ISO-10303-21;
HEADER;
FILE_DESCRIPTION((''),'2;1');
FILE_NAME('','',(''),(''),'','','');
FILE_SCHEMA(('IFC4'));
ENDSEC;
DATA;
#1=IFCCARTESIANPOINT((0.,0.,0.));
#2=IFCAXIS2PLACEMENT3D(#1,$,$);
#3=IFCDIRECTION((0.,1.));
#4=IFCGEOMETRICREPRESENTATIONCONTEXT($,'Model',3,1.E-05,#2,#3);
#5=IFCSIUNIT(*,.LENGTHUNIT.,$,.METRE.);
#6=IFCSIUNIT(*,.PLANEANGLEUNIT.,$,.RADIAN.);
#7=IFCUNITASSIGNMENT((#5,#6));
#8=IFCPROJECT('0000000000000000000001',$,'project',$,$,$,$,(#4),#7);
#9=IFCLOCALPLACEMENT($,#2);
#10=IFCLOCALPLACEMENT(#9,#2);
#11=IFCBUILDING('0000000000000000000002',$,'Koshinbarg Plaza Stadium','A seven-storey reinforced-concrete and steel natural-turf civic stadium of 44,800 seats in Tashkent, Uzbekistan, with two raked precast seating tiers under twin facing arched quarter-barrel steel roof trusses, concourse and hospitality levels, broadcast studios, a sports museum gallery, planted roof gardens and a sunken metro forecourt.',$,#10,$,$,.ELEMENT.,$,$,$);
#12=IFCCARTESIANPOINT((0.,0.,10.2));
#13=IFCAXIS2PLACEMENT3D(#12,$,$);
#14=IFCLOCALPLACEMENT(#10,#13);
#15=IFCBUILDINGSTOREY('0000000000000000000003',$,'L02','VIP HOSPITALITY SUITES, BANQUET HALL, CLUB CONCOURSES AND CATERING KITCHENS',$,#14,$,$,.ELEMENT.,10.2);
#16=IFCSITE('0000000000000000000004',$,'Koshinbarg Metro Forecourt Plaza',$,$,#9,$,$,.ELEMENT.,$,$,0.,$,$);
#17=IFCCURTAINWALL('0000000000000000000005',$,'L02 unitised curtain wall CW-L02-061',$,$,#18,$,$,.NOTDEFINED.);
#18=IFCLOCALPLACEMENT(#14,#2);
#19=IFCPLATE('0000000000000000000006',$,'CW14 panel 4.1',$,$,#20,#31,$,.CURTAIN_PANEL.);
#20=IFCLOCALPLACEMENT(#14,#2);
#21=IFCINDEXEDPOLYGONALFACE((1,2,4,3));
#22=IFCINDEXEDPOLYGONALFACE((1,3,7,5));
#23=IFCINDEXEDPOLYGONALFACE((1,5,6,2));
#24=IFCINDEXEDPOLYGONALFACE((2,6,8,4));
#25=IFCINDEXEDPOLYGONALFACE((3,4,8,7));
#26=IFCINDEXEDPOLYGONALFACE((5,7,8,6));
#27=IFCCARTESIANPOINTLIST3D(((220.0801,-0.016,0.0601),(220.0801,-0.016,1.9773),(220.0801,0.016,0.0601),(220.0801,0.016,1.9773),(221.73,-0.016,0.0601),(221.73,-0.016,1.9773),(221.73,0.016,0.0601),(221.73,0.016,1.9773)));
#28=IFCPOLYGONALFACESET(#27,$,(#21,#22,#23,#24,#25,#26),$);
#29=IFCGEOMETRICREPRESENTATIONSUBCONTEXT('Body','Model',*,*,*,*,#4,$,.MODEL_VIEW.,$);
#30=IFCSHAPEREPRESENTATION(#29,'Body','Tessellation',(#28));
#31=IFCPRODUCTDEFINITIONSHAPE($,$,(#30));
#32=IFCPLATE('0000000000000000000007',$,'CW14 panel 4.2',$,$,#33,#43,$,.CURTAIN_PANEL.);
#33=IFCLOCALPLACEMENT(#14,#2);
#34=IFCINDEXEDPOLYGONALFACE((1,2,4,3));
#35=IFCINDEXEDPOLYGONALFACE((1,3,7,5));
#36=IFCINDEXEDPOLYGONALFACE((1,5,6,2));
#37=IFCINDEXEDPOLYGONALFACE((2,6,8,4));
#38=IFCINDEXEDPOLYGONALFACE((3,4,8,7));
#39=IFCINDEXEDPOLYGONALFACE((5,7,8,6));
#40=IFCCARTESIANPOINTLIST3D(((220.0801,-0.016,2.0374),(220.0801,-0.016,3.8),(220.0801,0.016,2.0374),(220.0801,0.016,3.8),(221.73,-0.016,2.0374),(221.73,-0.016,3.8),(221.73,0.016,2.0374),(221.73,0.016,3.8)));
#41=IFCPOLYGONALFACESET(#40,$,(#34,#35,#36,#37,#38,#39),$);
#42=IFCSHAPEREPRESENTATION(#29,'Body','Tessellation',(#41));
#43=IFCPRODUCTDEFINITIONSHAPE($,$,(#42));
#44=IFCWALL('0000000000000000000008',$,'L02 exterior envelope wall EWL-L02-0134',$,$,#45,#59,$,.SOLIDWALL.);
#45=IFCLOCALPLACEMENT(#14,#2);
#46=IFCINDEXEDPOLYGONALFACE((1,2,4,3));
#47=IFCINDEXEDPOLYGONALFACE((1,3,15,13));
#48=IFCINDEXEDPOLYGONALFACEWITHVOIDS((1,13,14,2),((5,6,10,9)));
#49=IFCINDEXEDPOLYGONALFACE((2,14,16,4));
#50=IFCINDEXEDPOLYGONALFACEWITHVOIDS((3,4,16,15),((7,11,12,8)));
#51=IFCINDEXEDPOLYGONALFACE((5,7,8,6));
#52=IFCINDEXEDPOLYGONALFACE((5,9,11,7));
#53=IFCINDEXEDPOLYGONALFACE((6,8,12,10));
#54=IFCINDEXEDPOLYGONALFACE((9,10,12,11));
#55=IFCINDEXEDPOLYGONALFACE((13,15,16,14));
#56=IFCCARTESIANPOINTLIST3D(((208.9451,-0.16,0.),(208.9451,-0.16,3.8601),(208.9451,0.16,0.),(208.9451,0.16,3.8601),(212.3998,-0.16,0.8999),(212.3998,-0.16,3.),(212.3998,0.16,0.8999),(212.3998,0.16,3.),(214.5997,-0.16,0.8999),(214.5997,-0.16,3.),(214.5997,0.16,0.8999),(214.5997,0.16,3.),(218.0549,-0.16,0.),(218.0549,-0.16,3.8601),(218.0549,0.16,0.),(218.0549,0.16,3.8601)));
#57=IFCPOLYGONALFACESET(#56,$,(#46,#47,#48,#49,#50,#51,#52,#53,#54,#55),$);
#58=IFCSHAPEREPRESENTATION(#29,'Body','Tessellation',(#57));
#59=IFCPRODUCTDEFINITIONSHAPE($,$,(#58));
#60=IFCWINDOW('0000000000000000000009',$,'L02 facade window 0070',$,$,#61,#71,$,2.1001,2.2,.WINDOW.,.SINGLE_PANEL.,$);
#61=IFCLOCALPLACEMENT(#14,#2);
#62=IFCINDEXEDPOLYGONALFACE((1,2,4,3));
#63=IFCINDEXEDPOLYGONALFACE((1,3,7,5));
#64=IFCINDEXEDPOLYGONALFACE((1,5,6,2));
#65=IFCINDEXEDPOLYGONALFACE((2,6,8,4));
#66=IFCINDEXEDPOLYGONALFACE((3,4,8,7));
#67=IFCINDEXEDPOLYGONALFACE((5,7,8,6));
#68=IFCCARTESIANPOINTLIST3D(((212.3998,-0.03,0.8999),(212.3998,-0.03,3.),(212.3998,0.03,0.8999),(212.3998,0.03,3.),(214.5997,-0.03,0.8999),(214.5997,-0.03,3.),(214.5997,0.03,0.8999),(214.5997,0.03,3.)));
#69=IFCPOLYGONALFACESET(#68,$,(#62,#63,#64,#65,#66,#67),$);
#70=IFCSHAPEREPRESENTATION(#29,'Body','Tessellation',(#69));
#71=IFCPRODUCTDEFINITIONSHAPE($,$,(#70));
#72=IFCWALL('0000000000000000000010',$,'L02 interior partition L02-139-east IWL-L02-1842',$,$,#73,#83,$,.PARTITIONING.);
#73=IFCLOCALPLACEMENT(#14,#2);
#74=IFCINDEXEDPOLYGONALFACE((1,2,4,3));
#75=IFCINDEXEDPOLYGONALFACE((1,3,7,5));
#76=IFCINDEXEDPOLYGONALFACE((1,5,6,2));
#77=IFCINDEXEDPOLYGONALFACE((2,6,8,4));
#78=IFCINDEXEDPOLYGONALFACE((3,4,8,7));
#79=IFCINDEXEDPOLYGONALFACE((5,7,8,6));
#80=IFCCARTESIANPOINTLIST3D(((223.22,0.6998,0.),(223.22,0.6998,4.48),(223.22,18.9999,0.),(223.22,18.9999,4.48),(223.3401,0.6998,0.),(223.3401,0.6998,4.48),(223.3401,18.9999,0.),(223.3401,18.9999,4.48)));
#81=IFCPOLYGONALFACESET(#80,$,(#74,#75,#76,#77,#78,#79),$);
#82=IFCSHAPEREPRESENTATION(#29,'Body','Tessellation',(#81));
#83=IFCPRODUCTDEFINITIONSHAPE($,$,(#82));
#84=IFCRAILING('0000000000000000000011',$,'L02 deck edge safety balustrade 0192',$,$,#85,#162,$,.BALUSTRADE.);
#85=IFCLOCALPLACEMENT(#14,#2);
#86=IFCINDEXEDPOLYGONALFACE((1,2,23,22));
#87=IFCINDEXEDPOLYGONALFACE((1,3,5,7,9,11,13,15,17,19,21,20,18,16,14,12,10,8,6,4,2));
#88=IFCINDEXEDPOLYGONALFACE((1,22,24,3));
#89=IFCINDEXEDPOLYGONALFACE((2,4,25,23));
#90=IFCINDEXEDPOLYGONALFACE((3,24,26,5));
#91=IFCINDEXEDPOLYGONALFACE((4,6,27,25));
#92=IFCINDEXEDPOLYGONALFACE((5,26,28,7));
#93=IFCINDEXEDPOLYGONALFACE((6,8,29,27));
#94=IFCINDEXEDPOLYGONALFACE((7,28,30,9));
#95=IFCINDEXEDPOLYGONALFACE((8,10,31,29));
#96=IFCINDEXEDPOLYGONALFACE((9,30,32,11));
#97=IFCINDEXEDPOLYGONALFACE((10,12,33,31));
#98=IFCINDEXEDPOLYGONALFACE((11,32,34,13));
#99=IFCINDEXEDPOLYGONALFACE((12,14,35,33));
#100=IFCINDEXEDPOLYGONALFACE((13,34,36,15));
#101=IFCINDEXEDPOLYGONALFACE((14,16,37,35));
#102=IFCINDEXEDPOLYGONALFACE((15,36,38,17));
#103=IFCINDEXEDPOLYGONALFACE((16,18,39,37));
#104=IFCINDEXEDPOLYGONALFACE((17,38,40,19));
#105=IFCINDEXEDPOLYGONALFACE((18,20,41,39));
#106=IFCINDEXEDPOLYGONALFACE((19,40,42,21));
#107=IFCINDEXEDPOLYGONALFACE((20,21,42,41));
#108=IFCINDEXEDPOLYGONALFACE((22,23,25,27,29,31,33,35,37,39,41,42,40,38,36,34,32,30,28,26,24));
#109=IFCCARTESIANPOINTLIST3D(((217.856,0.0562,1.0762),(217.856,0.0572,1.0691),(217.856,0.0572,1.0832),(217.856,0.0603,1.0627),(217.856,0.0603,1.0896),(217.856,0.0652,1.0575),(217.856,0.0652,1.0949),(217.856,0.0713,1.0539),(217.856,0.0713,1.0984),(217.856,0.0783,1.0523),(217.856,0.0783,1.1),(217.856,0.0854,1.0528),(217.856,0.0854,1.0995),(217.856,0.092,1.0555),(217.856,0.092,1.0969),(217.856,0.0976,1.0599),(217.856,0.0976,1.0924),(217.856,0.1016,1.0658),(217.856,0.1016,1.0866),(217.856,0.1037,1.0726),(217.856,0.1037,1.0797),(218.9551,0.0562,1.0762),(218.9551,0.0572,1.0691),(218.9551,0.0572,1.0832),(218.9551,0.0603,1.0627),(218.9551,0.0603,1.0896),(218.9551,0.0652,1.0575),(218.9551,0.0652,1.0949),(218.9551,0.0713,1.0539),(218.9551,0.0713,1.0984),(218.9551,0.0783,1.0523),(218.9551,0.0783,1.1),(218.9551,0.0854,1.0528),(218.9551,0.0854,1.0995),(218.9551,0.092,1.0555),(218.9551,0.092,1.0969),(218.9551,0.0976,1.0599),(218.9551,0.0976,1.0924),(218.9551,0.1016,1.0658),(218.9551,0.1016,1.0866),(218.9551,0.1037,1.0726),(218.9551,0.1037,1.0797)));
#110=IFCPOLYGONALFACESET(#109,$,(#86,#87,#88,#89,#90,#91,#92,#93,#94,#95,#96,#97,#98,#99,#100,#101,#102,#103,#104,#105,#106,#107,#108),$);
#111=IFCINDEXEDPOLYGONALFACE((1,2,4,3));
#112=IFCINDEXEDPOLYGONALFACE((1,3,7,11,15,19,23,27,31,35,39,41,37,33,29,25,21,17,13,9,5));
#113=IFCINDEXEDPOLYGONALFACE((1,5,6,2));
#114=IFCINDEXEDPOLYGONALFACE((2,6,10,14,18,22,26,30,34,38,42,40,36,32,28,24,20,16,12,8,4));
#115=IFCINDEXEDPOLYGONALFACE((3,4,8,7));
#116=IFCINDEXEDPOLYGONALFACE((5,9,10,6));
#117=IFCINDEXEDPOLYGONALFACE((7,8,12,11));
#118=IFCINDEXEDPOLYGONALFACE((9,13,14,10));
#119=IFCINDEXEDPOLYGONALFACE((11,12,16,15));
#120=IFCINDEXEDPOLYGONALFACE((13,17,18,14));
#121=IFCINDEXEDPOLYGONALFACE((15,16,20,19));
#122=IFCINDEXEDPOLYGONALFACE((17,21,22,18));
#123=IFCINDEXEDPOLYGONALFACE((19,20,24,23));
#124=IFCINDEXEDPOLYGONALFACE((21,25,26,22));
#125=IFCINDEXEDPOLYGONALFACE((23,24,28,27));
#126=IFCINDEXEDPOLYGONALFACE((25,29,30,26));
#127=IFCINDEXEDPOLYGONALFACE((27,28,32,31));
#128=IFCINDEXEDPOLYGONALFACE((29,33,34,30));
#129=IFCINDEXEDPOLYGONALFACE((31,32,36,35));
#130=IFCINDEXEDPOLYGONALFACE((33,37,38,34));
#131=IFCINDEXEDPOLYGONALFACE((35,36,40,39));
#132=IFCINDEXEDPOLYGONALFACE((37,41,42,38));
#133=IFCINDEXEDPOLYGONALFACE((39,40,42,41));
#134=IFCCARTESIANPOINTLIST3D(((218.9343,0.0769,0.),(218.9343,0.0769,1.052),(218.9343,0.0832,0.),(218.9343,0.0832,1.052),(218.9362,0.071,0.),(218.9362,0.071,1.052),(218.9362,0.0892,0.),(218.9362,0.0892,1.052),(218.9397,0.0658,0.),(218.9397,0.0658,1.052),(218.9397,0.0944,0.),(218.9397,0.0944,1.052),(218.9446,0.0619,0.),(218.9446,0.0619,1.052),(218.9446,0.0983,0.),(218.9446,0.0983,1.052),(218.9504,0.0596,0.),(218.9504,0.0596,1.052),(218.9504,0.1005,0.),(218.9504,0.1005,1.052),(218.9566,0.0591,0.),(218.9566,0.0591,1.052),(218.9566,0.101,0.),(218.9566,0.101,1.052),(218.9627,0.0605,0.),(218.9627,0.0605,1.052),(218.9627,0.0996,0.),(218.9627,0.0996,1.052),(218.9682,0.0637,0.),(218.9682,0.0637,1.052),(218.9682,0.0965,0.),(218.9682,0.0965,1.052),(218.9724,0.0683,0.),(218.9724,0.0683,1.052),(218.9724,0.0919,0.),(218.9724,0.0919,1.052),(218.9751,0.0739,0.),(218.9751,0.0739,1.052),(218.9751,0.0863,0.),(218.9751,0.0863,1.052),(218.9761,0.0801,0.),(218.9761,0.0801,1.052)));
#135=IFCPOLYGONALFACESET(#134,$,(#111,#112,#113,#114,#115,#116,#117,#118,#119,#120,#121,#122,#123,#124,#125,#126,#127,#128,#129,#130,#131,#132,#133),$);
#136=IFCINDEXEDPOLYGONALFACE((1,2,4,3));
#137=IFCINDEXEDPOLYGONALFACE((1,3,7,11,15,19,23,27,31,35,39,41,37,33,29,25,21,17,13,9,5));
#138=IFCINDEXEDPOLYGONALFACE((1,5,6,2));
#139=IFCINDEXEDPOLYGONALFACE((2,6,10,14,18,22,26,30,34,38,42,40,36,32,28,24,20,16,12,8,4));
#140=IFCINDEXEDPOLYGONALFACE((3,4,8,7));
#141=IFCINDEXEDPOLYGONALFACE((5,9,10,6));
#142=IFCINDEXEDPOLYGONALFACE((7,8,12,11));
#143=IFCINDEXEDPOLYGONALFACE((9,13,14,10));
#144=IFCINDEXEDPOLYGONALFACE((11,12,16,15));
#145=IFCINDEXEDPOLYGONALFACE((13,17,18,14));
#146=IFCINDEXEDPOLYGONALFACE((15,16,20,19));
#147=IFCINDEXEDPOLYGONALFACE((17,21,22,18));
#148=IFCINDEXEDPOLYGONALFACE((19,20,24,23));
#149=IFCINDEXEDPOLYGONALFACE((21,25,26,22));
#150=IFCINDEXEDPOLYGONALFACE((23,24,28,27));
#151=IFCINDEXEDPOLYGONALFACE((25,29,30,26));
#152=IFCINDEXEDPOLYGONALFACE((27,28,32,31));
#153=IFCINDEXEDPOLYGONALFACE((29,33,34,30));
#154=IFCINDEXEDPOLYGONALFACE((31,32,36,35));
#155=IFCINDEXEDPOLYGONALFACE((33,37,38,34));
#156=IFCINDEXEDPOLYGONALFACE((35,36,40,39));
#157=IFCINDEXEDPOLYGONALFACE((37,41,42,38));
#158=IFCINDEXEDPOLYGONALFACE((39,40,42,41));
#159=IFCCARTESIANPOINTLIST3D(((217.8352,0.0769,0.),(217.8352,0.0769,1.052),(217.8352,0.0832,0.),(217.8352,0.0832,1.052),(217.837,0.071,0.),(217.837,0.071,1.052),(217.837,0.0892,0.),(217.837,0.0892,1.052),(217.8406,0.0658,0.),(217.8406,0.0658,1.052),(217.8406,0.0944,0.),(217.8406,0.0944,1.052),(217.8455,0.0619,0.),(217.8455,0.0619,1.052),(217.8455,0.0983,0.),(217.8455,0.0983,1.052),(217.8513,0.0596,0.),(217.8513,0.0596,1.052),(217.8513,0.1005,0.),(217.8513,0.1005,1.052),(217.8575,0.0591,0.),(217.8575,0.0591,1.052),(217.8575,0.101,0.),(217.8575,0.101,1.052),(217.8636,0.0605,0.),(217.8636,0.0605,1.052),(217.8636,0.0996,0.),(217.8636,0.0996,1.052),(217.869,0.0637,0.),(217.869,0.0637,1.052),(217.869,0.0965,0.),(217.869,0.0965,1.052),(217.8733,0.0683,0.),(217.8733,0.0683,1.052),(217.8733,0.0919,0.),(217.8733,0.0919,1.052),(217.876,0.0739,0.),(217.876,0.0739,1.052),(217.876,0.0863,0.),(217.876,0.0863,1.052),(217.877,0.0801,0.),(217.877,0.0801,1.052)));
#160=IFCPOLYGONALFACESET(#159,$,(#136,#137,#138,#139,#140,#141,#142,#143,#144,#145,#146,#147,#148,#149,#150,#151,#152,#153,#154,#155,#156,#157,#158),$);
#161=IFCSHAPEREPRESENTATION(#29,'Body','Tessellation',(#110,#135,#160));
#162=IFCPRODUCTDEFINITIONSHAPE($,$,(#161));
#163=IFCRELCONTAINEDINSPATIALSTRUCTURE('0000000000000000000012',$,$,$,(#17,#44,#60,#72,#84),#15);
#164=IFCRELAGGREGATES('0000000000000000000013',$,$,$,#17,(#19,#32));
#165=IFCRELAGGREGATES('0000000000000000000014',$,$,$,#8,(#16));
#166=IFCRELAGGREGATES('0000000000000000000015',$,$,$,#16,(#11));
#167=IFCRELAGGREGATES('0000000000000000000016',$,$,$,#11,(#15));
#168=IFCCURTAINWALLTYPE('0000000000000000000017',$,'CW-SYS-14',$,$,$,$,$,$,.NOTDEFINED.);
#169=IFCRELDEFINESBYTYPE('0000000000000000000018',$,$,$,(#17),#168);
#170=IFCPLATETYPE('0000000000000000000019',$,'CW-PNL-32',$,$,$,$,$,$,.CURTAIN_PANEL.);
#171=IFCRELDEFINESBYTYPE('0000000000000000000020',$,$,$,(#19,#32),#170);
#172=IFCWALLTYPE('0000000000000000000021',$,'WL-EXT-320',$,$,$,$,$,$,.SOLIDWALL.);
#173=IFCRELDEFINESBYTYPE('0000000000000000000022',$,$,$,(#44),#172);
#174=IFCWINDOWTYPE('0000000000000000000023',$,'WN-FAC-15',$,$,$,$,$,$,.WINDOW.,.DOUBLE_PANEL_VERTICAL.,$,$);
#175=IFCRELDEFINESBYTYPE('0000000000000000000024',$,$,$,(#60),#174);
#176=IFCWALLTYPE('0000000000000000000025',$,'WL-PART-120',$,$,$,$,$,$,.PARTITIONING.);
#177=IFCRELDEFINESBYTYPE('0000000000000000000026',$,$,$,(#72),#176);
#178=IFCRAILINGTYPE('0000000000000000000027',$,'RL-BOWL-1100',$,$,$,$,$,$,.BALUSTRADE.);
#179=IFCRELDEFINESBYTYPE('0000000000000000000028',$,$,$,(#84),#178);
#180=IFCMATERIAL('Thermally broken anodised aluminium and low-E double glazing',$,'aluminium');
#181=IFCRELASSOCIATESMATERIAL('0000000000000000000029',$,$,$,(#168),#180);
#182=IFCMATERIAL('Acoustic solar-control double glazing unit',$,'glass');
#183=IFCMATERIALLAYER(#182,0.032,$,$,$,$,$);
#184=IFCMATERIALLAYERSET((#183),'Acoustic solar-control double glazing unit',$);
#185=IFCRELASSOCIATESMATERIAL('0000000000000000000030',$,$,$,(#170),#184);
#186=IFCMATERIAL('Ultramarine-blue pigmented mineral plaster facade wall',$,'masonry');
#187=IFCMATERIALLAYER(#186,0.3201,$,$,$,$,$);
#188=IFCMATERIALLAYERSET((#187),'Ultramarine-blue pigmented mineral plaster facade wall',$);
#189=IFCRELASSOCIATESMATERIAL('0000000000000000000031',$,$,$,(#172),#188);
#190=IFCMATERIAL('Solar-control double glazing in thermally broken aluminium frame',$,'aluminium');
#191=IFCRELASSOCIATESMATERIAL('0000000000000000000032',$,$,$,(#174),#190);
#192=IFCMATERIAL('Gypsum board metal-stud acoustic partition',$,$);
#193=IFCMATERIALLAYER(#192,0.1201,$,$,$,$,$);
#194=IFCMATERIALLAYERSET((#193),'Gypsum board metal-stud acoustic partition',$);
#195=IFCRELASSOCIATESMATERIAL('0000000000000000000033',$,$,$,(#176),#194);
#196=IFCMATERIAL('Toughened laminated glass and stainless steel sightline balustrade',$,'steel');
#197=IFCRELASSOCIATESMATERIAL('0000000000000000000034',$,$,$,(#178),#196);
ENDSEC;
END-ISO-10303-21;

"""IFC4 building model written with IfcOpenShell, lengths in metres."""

from ifc_helpers import new_model, si_unit, direction, frame, frame_2d, origin, origin_2d, place, context, subcontext, project, spatial, rectangle, circle, extrude, material, layer, layer_set, type_object, element, fill, aggregate, save


model = new_model("IFC4")

# Units and contexts
model_context = context("Model", 3, precision=1e-05, world=origin(), true_north=direction((0.0, 1.0)))
body_context = subcontext(model_context, "Body", "Model", "MODEL_VIEW")
ifc_project = project(units=[si_unit("LENGTHUNIT", "METRE"), si_unit("PLANEANGLEUNIT", "RADIAN")], contexts=[model_context])

# Site, building, storey
site_placement = place(None, origin())
site = spatial("IfcSite", under=ifc_project, at=site_placement, Name="Koshinbarg Metro Forecourt Plaza", CompositionType="ELEMENT", RefElevation=0.0)
building_placement = place(site_placement, origin())
building = spatial("IfcBuilding", under=site, at=building_placement, Name="Koshinbarg Plaza Stadium", Description="A seven-storey reinforced-concrete and steel natural-turf civic stadium of 44,800 seats in Tashkent, Uzbekistan, with two raked precast seating tiers under twin facing arched quarter-barrel steel roof trusses, concourse and hospitality levels, broadcast studios, a sports museum gallery, planted roof gardens and a sunken metro forecourt.", CompositionType="ELEMENT")
storey_placement = place(building_placement, frame((0.0, 0.0, 10.2)))
storey = spatial("IfcBuildingStorey", under=building, at=storey_placement, Name="L02", Description="VIP HOSPITALITY SUITES, BANQUET HALL, CLUB CONCOURSES AND CATERING KITCHENS", CompositionType="ELEMENT", Elevation=10.2)

# Curtain wall, plates
ifc_material_1 = material(Name="Thermally broken anodised aluminium and low-E double glazing", Category="aluminium")
curtain_wall_type = type_object("IfcCurtainWallType", Name="CW-SYS-14", PredefinedType="NOTDEFINED", material=ifc_material_1)
curtain_wall_placement = place(storey_placement, origin())
curtain_wall = element("IfcCurtainWall", 1, at=curtain_wall_placement, inside=storey, type_object=curtain_wall_type, Name="L02 unitised curtain wall CW-L02-061", PredefinedType="NOTDEFINED")
ifc_material_2 = material(Name="Acoustic solar-control double glazing unit", Category="glass")
ifc_layer_1 = layer(ifc_material_2, 0.032)
ifc_layer_set_1 = layer_set([ifc_layer_1], Name="Acoustic solar-control double glazing unit")
plate_type = type_object("IfcPlateType", Name="CW-PNL-32", PredefinedType="CURTAIN_PANEL", material=ifc_layer_set_1)
plate_1_placement = place(storey_placement, frame((220.905, 0.0, 0.0601), z_axis=(0.0, 0.0, 1.0), x_axis=(-1.0, 0.0, 0.0)))
plate_1 = element("IfcPlate", 2, at=plate_1_placement, type_object=plate_type, Name="CW14 panel 4.1", PredefinedType="CURTAIN_PANEL", context=body_context, shape_type="SweptSolid", body=[
    extrude(rectangle(XDim=1.6499, YDim=0.032, at=origin_2d()), origin(), (0.0, 0.0, 1.0), 1.9172),
])
plate_2_placement = place(storey_placement, frame((220.905, 0.0, 2.0374), z_axis=(0.0, 0.0, 1.0), x_axis=(-1.0, 0.0, 0.0)))
plate_2 = element("IfcPlate", 3, at=plate_2_placement, type_object=plate_type, Name="CW14 panel 4.2", PredefinedType="CURTAIN_PANEL", context=body_context, shape_type="SweptSolid", body=[
    extrude(rectangle(XDim=1.6499, YDim=0.032, at=origin_2d()), origin(), (0.0, 0.0, 1.0), 1.7627),
])
aggregate(curtain_wall, [plate_1, plate_2])

# Wall, opening, window
ifc_material_3 = material(Name="Ultramarine-blue pigmented mineral plaster facade wall", Category="masonry")
ifc_layer_2 = layer(ifc_material_3, 0.3201)
ifc_layer_set_2 = layer_set([ifc_layer_2], Name="Ultramarine-blue pigmented mineral plaster facade wall")
wall_type_1 = type_object("IfcWallType", Name="WL-EXT-320", PredefinedType="SOLIDWALL", material=ifc_layer_set_2)
wall_1_placement = place(storey_placement, frame((218.0549, 0.0, 0.0), z_axis=(0.0, 0.0, 1.0), x_axis=(-1.0, 0.0, 0.0)))
wall_1 = element("IfcWall", 4, at=wall_1_placement, inside=storey, type_object=wall_type_1, Name="L02 exterior envelope wall EWL-L02-0134", PredefinedType="SOLIDWALL", context=body_context, shape_type="SweptSolid", body=[
    extrude(rectangle(XDim=9.1099, YDim=0.3201, at=frame_2d((4.5549, 0.0))), origin(), (0.0, 0.0, 1.0), 3.8601),
])
opening_placement = place(wall_1_placement, frame((3.4551, 0.0, 0.8999)))
opening = element("IfcOpeningElement", 5, at=opening_placement, cuts=wall_1, PredefinedType="OPENING", context=body_context, shape_type="SweptSolid", body=[
    extrude(rectangle(XDim=2.2, YDim=2.1001, at=frame_2d((1.1001, 1.05))), frame((0.0, 0.1699, 0.0), z_axis=(0.0, -1.0, 0.0), x_axis=(1.0, 0.0, 0.0)), (0.0, 0.0, 1.0), 0.3401),
])
ifc_material_4 = material(Name="Solar-control double glazing in thermally broken aluminium frame", Category="aluminium")
window_type = type_object("IfcWindowType", Name="WN-FAC-15", PartitioningType="DOUBLE_PANEL_VERTICAL", PredefinedType="WINDOW", material=ifc_material_4)
window_placement = place(opening_placement, origin())
window = element("IfcWindow", 6, at=window_placement, inside=storey, type_object=window_type, Name="L02 facade window 0070", OverallHeight=2.1001, OverallWidth=2.2, PartitioningType="SINGLE_PANEL", PredefinedType="WINDOW", context=body_context, shape_type="SweptSolid", body=[
    extrude(rectangle(XDim=2.2, YDim=2.1001, at=frame_2d((1.1001, 1.05))), frame((0.0, 0.03, 0.0), z_axis=(0.0, -1.0, 0.0), x_axis=(1.0, 0.0, 0.0)), (0.0, 0.0, 1.0), 0.0601),
])
fill(opening, window)

# Wall
ifc_material_5 = material(Name="Gypsum board metal-stud acoustic partition")
ifc_layer_3 = layer(ifc_material_5, 0.1201)
ifc_layer_set_3 = layer_set([ifc_layer_3], Name="Gypsum board metal-stud acoustic partition")
wall_type_2 = type_object("IfcWallType", Name="WL-PART-120", PredefinedType="PARTITIONING", material=ifc_layer_set_3)
wall_2_placement = place(storey_placement, frame((223.28, 0.7, 0.0), z_axis=(0.0, 0.0, 1.0), x_axis=(0.0, 1.0, 0.0)))
element("IfcWall", 7, at=wall_2_placement, inside=storey, type_object=wall_type_2, Name="L02 interior partition L02-139-east IWL-L02-1842", PredefinedType="PARTITIONING", context=body_context, shape_type="SweptSolid", body=[
    extrude(rectangle(XDim=18.3, YDim=0.1201, at=frame_2d((9.1499, 0.0))), origin(), (0.0, 0.0, 1.0), 4.48),
])

# Railing
ifc_material_6 = material(Name="Toughened laminated glass and stainless steel sightline balustrade", Category="steel")
railing_type = type_object("IfcRailingType", Name="RL-BOWL-1100", PredefinedType="BALUSTRADE", material=ifc_material_6)
railing_1_placement = place(storey_placement, frame((218.9551, 0.0801, 0.0)))
element("IfcRailing", 8, at=railing_1_placement, inside=storey, type_object=railing_type, Name="L02 deck edge safety balustrade 0192", PredefinedType="BALUSTRADE", context=body_context, shape_type="SweptSolid", body=[
    extrude(circle(Radius=0.0239, at=origin_2d()), frame((0.0, 0.0, 1.0762), z_axis=(-1.0, 0.0, 0.0), x_axis=(0.0, -1.0, 0.0)), (0.0, 0.0, 1.0), 1.0991),
    extrude(circle(Radius=0.021, at=origin_2d()), origin(), (0.0, 0.0, 1.0), 1.052),
    extrude(circle(Radius=0.021, at=origin_2d()), frame((-1.0991, 0.0, 0.0)), (0.0, 0.0, 1.0), 1.052),
])

save(model, "model.ifc")
